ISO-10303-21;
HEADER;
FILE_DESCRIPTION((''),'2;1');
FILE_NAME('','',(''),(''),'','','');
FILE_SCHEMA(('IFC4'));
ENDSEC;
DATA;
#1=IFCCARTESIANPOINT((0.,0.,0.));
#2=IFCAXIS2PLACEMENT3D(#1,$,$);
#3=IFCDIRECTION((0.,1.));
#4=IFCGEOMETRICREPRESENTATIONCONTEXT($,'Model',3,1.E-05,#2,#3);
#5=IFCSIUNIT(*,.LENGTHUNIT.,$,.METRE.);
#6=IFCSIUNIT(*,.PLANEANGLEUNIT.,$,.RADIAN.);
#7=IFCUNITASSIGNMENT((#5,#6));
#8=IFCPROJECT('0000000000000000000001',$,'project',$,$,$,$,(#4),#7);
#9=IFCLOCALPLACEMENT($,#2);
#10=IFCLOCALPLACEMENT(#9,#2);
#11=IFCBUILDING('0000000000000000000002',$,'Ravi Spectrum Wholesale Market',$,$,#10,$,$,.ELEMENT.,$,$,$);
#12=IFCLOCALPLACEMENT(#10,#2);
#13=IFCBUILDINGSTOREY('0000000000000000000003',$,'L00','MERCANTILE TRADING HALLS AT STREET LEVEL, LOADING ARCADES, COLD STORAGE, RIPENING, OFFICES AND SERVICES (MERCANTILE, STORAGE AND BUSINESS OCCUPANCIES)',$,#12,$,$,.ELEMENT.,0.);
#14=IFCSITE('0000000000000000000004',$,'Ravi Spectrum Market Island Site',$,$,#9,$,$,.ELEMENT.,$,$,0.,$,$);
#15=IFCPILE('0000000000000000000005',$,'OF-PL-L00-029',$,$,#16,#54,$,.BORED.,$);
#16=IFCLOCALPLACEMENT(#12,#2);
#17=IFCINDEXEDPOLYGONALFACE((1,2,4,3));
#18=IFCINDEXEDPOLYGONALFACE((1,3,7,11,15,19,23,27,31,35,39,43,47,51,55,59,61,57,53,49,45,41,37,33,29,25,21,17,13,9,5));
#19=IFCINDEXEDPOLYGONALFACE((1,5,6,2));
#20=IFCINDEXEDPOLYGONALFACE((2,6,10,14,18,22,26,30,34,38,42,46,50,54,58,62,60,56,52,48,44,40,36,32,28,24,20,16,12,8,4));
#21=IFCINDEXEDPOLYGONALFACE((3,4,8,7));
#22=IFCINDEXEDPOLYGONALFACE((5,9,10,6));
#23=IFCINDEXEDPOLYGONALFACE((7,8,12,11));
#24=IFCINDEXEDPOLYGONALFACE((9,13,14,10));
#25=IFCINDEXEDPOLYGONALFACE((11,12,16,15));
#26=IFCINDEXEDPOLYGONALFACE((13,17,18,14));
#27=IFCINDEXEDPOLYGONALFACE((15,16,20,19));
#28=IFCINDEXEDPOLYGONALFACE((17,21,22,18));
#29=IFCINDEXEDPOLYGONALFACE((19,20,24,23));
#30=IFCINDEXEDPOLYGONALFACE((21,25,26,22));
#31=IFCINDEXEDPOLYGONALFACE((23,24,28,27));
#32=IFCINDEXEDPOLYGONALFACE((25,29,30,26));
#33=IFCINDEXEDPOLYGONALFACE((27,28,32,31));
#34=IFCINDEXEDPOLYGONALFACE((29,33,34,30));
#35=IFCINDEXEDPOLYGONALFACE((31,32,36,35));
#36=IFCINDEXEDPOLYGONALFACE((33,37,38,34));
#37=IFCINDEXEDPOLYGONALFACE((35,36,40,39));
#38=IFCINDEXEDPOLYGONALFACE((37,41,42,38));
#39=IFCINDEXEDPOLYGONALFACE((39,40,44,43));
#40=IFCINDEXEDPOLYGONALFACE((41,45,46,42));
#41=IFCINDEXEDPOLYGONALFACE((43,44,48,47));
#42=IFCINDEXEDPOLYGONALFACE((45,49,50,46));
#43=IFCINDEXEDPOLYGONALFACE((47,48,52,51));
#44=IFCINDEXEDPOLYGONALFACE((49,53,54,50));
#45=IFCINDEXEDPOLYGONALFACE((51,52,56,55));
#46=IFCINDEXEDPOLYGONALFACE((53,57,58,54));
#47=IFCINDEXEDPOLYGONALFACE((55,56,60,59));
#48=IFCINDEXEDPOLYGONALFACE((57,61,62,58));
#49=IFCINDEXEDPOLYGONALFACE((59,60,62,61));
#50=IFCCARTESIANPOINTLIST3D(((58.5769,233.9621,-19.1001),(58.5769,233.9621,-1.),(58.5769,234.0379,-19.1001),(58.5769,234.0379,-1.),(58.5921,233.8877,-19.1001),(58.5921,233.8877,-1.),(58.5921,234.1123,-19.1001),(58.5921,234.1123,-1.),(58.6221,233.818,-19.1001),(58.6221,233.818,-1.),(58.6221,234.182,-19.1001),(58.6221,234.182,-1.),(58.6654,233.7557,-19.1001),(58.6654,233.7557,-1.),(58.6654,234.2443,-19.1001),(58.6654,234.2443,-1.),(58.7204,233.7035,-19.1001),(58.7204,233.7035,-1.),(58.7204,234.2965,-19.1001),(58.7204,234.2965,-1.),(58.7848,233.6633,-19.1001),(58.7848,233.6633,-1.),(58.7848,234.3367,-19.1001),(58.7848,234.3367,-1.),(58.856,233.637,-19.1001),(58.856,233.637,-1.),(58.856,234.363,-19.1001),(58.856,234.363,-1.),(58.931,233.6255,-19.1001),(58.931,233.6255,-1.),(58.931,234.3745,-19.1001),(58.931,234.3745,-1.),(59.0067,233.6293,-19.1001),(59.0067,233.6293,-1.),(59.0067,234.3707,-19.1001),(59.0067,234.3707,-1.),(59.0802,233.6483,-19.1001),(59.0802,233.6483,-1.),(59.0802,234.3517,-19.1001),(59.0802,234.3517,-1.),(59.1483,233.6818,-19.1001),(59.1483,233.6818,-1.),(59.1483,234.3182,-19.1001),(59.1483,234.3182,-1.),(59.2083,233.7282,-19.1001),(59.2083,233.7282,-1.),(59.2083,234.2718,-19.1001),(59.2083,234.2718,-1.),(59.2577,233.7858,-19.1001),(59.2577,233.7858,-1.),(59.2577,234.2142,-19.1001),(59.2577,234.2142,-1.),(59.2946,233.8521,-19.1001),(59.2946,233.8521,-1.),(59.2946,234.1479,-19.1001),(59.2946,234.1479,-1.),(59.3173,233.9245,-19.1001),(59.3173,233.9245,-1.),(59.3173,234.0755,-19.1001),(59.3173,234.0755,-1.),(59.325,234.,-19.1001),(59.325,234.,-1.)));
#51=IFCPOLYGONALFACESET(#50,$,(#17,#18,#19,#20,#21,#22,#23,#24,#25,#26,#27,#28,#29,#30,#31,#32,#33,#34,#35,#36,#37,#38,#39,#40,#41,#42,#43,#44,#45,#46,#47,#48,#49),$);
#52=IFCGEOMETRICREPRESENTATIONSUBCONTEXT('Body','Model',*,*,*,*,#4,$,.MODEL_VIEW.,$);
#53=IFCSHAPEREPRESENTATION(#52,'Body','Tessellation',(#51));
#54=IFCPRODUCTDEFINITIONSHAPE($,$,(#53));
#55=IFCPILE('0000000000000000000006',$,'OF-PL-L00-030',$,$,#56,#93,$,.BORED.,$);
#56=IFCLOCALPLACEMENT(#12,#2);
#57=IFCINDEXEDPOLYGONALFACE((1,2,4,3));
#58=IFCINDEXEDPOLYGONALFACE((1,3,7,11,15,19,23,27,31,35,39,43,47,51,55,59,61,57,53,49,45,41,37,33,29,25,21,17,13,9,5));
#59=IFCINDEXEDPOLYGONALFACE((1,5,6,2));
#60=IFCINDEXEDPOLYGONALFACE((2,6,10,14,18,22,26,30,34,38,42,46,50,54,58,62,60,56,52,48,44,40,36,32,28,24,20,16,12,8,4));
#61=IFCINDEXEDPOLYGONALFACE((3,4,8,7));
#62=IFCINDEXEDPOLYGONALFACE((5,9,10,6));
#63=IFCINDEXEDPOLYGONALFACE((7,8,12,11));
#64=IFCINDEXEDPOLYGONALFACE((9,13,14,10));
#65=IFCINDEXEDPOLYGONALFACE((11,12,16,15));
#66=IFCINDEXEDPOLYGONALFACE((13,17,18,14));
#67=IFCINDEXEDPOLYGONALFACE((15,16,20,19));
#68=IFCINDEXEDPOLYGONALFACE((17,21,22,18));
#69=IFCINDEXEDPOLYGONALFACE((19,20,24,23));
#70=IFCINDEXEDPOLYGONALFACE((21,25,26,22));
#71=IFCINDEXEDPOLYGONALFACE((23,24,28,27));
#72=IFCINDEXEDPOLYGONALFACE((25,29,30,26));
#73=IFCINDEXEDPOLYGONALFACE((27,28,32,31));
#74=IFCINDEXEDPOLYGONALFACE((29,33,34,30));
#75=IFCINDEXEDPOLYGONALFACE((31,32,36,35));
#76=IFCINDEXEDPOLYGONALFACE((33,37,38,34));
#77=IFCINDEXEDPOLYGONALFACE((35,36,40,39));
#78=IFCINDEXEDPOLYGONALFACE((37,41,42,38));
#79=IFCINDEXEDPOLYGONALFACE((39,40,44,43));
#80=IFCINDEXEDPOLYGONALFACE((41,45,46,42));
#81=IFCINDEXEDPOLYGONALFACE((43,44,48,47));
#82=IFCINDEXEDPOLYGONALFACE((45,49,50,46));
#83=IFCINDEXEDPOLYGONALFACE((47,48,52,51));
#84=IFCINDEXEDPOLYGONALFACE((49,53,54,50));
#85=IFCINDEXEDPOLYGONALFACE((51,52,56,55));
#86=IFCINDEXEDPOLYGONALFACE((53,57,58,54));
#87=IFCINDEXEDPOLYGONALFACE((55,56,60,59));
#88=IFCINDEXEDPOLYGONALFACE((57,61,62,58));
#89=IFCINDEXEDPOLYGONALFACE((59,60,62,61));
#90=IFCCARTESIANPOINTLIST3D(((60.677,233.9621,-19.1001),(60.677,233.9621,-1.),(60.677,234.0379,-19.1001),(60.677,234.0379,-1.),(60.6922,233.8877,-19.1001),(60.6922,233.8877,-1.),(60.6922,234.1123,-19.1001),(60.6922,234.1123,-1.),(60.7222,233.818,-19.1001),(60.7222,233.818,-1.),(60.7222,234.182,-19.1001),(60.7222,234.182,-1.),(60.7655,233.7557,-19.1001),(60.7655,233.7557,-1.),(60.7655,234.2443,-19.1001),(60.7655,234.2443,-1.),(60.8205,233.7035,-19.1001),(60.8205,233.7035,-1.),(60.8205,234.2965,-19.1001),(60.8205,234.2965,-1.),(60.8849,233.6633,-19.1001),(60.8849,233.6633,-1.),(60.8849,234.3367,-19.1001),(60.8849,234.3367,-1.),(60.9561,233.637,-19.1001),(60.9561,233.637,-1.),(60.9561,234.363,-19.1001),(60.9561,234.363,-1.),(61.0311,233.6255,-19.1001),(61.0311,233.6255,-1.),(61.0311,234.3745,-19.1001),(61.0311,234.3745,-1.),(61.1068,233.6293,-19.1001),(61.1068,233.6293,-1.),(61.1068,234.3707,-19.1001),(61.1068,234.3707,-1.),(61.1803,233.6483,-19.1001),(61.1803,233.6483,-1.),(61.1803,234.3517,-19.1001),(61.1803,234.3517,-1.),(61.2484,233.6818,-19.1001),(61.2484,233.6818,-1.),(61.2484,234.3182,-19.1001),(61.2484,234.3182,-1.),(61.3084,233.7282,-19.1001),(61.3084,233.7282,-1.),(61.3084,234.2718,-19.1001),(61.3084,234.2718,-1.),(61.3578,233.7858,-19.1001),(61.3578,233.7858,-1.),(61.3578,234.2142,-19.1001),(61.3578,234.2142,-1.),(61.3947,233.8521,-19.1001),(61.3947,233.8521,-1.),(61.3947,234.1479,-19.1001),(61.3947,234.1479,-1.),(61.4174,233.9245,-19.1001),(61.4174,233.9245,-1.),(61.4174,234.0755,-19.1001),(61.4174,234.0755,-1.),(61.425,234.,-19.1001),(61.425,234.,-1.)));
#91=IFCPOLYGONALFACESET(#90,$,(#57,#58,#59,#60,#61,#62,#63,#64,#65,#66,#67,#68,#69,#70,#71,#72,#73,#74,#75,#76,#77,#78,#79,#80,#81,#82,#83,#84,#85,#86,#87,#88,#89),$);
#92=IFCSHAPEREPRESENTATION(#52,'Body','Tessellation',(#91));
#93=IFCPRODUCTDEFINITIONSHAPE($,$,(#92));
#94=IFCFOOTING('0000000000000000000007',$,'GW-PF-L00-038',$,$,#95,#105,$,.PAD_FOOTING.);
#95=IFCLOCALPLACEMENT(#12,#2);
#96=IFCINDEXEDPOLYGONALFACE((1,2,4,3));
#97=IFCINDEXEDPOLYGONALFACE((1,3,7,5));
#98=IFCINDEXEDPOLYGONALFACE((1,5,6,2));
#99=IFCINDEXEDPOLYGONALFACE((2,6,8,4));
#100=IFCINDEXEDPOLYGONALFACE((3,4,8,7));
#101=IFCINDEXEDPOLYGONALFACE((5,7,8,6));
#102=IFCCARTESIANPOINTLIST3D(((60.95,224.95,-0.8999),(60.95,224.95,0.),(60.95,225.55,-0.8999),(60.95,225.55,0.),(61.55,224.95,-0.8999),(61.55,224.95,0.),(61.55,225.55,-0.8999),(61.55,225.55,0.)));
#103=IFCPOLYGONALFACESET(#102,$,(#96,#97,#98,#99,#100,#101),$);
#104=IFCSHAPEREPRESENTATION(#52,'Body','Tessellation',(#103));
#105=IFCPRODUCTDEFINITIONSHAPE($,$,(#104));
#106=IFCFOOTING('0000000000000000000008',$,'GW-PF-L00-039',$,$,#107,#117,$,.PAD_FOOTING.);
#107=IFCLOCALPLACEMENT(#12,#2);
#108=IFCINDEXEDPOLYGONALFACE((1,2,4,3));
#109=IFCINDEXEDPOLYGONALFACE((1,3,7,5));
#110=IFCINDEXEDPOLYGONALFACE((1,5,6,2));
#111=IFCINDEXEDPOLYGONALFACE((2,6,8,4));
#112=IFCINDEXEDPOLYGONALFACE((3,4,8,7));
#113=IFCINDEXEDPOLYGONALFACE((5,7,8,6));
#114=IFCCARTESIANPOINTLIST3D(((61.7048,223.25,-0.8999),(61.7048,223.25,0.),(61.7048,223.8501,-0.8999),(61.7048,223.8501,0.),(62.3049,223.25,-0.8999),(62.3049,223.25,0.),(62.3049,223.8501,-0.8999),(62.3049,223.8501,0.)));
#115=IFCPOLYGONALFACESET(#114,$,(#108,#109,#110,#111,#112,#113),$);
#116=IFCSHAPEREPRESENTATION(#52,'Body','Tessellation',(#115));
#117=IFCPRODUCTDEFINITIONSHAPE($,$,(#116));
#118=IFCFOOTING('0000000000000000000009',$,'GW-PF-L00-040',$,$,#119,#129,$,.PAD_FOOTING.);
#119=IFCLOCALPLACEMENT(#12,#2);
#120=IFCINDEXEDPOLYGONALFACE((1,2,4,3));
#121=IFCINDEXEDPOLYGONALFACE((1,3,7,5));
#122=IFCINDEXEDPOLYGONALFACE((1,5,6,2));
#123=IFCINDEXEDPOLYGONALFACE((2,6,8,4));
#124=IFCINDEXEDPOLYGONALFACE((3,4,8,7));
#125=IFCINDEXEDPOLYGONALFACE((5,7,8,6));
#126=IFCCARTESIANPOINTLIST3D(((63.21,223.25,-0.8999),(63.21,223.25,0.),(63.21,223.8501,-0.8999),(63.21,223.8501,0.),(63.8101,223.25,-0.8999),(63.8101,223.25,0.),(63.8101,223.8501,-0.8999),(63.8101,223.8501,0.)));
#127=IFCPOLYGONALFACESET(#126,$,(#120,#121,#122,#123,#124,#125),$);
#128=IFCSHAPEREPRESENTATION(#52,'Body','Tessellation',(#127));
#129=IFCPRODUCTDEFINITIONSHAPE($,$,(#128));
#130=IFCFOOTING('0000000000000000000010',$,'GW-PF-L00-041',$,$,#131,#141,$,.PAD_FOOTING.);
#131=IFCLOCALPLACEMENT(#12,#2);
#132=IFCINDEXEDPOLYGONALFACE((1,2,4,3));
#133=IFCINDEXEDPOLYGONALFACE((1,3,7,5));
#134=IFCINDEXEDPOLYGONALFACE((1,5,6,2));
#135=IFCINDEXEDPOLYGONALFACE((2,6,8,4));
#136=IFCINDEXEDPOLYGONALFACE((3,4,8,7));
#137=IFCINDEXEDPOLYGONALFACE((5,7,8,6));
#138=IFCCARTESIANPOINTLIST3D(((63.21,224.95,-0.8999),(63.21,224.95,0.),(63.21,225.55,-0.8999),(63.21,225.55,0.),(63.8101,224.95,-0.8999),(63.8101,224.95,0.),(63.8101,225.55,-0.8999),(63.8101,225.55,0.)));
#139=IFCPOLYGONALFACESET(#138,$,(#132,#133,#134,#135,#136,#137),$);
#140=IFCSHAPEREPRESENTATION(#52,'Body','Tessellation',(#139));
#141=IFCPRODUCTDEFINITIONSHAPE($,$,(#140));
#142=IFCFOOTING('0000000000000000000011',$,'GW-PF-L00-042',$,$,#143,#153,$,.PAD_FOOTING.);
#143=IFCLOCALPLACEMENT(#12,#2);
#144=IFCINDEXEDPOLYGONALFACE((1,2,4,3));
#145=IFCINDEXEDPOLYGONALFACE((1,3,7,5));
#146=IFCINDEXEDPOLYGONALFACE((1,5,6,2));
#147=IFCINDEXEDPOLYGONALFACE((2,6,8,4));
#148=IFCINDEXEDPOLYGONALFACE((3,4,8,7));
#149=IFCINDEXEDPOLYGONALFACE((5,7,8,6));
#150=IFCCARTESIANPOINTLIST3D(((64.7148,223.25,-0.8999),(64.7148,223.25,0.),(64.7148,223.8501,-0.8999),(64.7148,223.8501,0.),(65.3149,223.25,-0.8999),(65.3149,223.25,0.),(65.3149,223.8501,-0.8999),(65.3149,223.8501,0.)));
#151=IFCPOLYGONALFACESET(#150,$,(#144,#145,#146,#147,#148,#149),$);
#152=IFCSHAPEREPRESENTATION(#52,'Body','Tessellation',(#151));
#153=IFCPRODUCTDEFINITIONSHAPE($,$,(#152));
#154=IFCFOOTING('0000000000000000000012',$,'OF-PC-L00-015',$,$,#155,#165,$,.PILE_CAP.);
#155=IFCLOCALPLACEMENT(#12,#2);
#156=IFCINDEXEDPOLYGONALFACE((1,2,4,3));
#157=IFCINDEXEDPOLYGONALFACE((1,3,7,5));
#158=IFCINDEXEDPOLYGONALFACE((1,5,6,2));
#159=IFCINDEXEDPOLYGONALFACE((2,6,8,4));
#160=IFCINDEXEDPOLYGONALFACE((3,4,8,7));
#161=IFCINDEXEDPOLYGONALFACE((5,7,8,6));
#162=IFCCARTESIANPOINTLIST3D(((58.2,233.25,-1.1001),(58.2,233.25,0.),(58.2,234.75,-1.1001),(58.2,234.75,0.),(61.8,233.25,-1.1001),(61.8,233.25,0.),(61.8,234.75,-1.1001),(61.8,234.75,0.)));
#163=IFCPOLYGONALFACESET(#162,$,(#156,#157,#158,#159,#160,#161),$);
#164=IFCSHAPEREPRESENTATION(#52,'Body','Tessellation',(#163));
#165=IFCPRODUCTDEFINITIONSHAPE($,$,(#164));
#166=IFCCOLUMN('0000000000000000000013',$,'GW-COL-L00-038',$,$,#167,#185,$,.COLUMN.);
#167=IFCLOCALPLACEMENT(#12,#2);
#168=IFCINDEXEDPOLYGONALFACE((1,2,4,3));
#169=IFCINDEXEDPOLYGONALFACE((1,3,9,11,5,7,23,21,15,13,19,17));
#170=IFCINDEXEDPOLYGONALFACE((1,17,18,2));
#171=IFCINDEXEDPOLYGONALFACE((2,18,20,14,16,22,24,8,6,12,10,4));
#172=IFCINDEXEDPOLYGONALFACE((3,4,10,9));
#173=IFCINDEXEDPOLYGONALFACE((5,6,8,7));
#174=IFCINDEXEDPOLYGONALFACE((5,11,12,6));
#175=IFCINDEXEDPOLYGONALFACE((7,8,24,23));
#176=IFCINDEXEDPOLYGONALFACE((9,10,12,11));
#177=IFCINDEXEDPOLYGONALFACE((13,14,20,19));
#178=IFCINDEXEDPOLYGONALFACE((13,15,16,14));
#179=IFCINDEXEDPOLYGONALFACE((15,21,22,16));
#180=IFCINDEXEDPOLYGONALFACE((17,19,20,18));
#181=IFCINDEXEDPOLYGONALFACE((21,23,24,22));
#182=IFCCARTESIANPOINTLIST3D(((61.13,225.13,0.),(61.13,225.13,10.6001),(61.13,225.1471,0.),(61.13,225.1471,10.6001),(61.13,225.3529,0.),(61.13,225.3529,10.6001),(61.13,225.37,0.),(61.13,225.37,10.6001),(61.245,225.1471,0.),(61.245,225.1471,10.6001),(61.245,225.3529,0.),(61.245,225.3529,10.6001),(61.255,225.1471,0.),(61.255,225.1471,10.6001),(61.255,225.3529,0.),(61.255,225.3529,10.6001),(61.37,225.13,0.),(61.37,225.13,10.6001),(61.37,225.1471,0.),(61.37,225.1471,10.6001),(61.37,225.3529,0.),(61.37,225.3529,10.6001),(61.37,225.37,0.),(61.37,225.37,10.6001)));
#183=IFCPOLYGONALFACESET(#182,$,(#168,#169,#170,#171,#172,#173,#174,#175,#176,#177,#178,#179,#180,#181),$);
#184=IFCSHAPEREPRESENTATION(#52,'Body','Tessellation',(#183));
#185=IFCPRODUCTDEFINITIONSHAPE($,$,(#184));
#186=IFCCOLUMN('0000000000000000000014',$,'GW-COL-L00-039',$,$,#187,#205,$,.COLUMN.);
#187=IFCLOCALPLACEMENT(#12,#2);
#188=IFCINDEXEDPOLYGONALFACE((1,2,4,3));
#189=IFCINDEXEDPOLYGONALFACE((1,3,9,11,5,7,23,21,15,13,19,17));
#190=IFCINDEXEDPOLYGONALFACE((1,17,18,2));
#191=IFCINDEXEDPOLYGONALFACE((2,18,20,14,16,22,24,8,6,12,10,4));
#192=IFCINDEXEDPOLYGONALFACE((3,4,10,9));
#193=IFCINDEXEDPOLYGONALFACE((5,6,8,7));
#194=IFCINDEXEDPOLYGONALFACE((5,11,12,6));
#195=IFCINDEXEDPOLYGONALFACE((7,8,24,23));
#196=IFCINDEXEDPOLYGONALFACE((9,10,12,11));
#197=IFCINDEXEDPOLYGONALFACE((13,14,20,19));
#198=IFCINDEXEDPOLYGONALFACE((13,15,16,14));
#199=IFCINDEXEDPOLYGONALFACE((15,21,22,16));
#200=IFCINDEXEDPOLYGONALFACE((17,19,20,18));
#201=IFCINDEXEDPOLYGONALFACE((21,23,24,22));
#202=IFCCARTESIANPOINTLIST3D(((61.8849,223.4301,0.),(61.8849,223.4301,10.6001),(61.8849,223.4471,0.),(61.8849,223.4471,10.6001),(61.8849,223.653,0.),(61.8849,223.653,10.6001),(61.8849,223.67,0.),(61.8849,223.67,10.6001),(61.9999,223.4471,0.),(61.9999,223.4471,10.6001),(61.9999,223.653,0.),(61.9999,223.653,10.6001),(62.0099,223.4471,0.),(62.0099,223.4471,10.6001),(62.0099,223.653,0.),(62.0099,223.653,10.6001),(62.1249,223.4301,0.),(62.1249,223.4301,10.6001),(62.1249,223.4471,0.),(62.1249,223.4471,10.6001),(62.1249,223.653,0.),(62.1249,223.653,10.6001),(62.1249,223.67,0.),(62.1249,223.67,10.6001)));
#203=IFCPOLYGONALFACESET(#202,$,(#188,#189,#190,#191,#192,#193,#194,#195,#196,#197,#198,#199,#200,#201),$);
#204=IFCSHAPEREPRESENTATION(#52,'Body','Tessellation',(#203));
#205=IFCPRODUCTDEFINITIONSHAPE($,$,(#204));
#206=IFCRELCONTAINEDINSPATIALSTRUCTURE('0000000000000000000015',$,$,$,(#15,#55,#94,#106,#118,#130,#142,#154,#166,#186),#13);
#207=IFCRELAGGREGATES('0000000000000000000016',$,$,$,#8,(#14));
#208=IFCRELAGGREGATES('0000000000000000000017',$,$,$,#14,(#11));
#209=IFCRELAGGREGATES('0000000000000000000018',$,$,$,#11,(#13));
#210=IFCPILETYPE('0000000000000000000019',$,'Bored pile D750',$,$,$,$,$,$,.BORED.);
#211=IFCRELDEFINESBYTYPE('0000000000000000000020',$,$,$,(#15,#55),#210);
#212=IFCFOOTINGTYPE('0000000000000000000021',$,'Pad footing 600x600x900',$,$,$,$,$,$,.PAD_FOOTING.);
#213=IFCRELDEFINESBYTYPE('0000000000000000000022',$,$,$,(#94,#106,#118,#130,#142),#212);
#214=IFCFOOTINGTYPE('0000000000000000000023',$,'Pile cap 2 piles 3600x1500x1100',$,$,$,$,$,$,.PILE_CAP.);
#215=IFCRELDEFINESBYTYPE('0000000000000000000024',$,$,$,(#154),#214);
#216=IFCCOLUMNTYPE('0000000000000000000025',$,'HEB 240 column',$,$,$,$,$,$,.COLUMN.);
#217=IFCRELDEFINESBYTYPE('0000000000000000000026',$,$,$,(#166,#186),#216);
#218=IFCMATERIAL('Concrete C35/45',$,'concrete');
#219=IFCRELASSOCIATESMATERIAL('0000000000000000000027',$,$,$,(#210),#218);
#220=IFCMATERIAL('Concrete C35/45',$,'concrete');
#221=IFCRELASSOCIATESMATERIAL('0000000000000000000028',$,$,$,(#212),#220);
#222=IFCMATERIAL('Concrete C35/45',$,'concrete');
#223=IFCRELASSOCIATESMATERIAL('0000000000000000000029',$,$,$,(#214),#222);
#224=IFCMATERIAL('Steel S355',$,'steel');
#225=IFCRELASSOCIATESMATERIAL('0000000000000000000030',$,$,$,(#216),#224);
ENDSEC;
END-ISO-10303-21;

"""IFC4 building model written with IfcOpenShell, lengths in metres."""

from ifc_helpers import new_model, si_unit, direction, frame, origin, origin_2d, place, context, subcontext, project, spatial, rectangle, circle, i_section, extrude, material, material_profile, profile_set, type_object, element, save


model = new_model("IFC4")

# Units and contexts
model_context = context("Model", 3, precision=1e-05, world=origin(), true_north=direction((0.0, 1.0)))
body_context = subcontext(model_context, "Body", "Model", "MODEL_VIEW")
ifc_project = project(units=[si_unit("LENGTHUNIT", "METRE"), si_unit("PLANEANGLEUNIT", "RADIAN")], contexts=[model_context])

# Site, building, storey
site_placement = place(None, origin())
site = spatial("IfcSite", under=ifc_project, at=site_placement, Name="Ravi Spectrum Market Island Site", CompositionType="ELEMENT", RefElevation=0.0)
building_placement = place(site_placement, origin())
building = spatial("IfcBuilding", under=site, at=building_placement, Name="Ravi Spectrum Wholesale Market", CompositionType="ELEMENT")
storey_placement = place(building_placement, origin())
storey = spatial("IfcBuildingStorey", under=building, at=storey_placement, Name="L00", Description="MERCANTILE TRADING HALLS AT STREET LEVEL, LOADING ARCADES, COLD STORAGE, RIPENING, OFFICES AND SERVICES (MERCANTILE, STORAGE AND BUSINESS OCCUPANCIES)", CompositionType="ELEMENT", Elevation=0.0)

# Piles
ifc_material_1 = material(Name="Concrete C35/45", Category="concrete")
ifc_material_profile_1 = material_profile(ifc_material_1, circle(Radius=0.375, at=origin_2d()))
ifc_profile_set_1 = profile_set([ifc_material_profile_1], Name="Concrete C35/45")
pile_type = type_object("IfcPileType", Name="Bored pile D750", PredefinedType="BORED", material=ifc_profile_set_1)
for number, where, z_axis, x_axis, name in (
    (1, (58.95, 234.0, -1.0), (0.0, 0.0, -1.0), (1.0, 0.0, 0.0), "OF-PL-L00-029"),
    (2, (61.05, 234.0, -1.0), (0.0, 0.0, -1.0), (1.0, 0.0, 0.0), "OF-PL-L00-030"),
):
    element("IfcPile", number, at=place(storey_placement, frame(where, z_axis=z_axis, x_axis=x_axis)), inside=storey, type_object=pile_type, Name=name, PredefinedType="BORED", context=body_context, shape_type="SweptSolid", body=[
        extrude(circle(Radius=0.375, at=origin_2d()), origin(), (0.0, 0.0, 1.0), 18.1001),
    ])

# Footings
ifc_material_2 = material(Name="Concrete C35/45", Category="concrete")
footing_type_1 = type_object("IfcFootingType", Name="Pad footing 600x600x900", PredefinedType="PAD_FOOTING", material=ifc_material_2)
for number, where, z_axis, x_axis, name in (
    (3, (61.25, 225.25, -0.8999), (0.0, 0.0, 1.0), (1.0, 0.0, 0.0), "GW-PF-L00-038"),
    (4, (62.0049, 223.55, -0.8999), (0.0, 0.0, 1.0), (1.0, 0.0, 0.0), "GW-PF-L00-039"),
    (5, (63.51, 223.55, -0.8999), (0.0, 0.0, 1.0), (1.0, 0.0, 0.0), "GW-PF-L00-040"),
    (6, (63.51, 225.25, -0.8999), (0.0, 0.0, 1.0), (1.0, 0.0, 0.0), "GW-PF-L00-041"),
    (7, (65.0149, 223.55, -0.8999), (0.0, 0.0, 1.0), (1.0, 0.0, 0.0), "GW-PF-L00-042"),
):
    element("IfcFooting", number, at=place(storey_placement, frame(where, z_axis=z_axis, x_axis=x_axis)), inside=storey, type_object=footing_type_1, Name=name, PredefinedType="PAD_FOOTING", context=body_context, shape_type="SweptSolid", body=[
        extrude(rectangle(XDim=0.6001, YDim=0.6001, at=origin_2d()), origin(), (0.0, 0.0, 1.0), 0.8999),
    ])
ifc_material_3 = material(Name="Concrete C35/45", Category="concrete")
footing_type_2 = type_object("IfcFootingType", Name="Pile cap 2 piles 3600x1500x1100", PredefinedType="PILE_CAP", material=ifc_material_3)
footing_placement = place(storey_placement, frame((60.0, 234.0, -1.1001), z_axis=(0.0, 0.0, 1.0), x_axis=(1.0, 0.0, 0.0)))
element("IfcFooting", 8, at=footing_placement, inside=storey, type_object=footing_type_2, Name="OF-PC-L00-015", PredefinedType="PILE_CAP", context=body_context, shape_type="SweptSolid", body=[
    extrude(rectangle(XDim=3.6001, YDim=1.5, at=origin_2d()), origin(), (0.0, 0.0, 1.0), 1.1001),
])

# Columns
ifc_material_4 = material(Name="Steel S355", Category="steel")
ifc_material_profile_2 = material_profile(ifc_material_4, i_section(OverallWidth=0.24, OverallDepth=0.24, WebThickness=0.01, FlangeThickness=0.0171, at=origin_2d()))
ifc_profile_set_2 = profile_set([ifc_material_profile_2], Name="Steel S355")
column_type_1 = type_object("IfcColumnType", Name="HEB 240 column", PredefinedType="COLUMN", material=ifc_profile_set_2)
for number, where, z_axis, x_axis, name in (
    (9, (61.25, 225.25, 0.0), (0.0, 0.0, 1.0), (1.0, 0.0, 0.0), "GW-COL-L00-038"),
    (10, (62.0049, 223.55, 0.0), (0.0, 0.0, 1.0), (1.0, 0.0, 0.0), "GW-COL-L00-039"),
):
    element("IfcColumn", number, at=place(storey_placement, frame(where, z_axis=z_axis, x_axis=x_axis)), inside=storey, type_object=column_type_1, Name=name, PredefinedType="COLUMN", context=body_context, shape_type="SweptSolid", body=[
        extrude(i_section(OverallWidth=0.24, OverallDepth=0.24, WebThickness=0.01, FlangeThickness=0.0171, at=origin_2d()), origin(), (0.0, 0.0, 1.0), 10.6001),
    ])

save(model, "model.ifc")
